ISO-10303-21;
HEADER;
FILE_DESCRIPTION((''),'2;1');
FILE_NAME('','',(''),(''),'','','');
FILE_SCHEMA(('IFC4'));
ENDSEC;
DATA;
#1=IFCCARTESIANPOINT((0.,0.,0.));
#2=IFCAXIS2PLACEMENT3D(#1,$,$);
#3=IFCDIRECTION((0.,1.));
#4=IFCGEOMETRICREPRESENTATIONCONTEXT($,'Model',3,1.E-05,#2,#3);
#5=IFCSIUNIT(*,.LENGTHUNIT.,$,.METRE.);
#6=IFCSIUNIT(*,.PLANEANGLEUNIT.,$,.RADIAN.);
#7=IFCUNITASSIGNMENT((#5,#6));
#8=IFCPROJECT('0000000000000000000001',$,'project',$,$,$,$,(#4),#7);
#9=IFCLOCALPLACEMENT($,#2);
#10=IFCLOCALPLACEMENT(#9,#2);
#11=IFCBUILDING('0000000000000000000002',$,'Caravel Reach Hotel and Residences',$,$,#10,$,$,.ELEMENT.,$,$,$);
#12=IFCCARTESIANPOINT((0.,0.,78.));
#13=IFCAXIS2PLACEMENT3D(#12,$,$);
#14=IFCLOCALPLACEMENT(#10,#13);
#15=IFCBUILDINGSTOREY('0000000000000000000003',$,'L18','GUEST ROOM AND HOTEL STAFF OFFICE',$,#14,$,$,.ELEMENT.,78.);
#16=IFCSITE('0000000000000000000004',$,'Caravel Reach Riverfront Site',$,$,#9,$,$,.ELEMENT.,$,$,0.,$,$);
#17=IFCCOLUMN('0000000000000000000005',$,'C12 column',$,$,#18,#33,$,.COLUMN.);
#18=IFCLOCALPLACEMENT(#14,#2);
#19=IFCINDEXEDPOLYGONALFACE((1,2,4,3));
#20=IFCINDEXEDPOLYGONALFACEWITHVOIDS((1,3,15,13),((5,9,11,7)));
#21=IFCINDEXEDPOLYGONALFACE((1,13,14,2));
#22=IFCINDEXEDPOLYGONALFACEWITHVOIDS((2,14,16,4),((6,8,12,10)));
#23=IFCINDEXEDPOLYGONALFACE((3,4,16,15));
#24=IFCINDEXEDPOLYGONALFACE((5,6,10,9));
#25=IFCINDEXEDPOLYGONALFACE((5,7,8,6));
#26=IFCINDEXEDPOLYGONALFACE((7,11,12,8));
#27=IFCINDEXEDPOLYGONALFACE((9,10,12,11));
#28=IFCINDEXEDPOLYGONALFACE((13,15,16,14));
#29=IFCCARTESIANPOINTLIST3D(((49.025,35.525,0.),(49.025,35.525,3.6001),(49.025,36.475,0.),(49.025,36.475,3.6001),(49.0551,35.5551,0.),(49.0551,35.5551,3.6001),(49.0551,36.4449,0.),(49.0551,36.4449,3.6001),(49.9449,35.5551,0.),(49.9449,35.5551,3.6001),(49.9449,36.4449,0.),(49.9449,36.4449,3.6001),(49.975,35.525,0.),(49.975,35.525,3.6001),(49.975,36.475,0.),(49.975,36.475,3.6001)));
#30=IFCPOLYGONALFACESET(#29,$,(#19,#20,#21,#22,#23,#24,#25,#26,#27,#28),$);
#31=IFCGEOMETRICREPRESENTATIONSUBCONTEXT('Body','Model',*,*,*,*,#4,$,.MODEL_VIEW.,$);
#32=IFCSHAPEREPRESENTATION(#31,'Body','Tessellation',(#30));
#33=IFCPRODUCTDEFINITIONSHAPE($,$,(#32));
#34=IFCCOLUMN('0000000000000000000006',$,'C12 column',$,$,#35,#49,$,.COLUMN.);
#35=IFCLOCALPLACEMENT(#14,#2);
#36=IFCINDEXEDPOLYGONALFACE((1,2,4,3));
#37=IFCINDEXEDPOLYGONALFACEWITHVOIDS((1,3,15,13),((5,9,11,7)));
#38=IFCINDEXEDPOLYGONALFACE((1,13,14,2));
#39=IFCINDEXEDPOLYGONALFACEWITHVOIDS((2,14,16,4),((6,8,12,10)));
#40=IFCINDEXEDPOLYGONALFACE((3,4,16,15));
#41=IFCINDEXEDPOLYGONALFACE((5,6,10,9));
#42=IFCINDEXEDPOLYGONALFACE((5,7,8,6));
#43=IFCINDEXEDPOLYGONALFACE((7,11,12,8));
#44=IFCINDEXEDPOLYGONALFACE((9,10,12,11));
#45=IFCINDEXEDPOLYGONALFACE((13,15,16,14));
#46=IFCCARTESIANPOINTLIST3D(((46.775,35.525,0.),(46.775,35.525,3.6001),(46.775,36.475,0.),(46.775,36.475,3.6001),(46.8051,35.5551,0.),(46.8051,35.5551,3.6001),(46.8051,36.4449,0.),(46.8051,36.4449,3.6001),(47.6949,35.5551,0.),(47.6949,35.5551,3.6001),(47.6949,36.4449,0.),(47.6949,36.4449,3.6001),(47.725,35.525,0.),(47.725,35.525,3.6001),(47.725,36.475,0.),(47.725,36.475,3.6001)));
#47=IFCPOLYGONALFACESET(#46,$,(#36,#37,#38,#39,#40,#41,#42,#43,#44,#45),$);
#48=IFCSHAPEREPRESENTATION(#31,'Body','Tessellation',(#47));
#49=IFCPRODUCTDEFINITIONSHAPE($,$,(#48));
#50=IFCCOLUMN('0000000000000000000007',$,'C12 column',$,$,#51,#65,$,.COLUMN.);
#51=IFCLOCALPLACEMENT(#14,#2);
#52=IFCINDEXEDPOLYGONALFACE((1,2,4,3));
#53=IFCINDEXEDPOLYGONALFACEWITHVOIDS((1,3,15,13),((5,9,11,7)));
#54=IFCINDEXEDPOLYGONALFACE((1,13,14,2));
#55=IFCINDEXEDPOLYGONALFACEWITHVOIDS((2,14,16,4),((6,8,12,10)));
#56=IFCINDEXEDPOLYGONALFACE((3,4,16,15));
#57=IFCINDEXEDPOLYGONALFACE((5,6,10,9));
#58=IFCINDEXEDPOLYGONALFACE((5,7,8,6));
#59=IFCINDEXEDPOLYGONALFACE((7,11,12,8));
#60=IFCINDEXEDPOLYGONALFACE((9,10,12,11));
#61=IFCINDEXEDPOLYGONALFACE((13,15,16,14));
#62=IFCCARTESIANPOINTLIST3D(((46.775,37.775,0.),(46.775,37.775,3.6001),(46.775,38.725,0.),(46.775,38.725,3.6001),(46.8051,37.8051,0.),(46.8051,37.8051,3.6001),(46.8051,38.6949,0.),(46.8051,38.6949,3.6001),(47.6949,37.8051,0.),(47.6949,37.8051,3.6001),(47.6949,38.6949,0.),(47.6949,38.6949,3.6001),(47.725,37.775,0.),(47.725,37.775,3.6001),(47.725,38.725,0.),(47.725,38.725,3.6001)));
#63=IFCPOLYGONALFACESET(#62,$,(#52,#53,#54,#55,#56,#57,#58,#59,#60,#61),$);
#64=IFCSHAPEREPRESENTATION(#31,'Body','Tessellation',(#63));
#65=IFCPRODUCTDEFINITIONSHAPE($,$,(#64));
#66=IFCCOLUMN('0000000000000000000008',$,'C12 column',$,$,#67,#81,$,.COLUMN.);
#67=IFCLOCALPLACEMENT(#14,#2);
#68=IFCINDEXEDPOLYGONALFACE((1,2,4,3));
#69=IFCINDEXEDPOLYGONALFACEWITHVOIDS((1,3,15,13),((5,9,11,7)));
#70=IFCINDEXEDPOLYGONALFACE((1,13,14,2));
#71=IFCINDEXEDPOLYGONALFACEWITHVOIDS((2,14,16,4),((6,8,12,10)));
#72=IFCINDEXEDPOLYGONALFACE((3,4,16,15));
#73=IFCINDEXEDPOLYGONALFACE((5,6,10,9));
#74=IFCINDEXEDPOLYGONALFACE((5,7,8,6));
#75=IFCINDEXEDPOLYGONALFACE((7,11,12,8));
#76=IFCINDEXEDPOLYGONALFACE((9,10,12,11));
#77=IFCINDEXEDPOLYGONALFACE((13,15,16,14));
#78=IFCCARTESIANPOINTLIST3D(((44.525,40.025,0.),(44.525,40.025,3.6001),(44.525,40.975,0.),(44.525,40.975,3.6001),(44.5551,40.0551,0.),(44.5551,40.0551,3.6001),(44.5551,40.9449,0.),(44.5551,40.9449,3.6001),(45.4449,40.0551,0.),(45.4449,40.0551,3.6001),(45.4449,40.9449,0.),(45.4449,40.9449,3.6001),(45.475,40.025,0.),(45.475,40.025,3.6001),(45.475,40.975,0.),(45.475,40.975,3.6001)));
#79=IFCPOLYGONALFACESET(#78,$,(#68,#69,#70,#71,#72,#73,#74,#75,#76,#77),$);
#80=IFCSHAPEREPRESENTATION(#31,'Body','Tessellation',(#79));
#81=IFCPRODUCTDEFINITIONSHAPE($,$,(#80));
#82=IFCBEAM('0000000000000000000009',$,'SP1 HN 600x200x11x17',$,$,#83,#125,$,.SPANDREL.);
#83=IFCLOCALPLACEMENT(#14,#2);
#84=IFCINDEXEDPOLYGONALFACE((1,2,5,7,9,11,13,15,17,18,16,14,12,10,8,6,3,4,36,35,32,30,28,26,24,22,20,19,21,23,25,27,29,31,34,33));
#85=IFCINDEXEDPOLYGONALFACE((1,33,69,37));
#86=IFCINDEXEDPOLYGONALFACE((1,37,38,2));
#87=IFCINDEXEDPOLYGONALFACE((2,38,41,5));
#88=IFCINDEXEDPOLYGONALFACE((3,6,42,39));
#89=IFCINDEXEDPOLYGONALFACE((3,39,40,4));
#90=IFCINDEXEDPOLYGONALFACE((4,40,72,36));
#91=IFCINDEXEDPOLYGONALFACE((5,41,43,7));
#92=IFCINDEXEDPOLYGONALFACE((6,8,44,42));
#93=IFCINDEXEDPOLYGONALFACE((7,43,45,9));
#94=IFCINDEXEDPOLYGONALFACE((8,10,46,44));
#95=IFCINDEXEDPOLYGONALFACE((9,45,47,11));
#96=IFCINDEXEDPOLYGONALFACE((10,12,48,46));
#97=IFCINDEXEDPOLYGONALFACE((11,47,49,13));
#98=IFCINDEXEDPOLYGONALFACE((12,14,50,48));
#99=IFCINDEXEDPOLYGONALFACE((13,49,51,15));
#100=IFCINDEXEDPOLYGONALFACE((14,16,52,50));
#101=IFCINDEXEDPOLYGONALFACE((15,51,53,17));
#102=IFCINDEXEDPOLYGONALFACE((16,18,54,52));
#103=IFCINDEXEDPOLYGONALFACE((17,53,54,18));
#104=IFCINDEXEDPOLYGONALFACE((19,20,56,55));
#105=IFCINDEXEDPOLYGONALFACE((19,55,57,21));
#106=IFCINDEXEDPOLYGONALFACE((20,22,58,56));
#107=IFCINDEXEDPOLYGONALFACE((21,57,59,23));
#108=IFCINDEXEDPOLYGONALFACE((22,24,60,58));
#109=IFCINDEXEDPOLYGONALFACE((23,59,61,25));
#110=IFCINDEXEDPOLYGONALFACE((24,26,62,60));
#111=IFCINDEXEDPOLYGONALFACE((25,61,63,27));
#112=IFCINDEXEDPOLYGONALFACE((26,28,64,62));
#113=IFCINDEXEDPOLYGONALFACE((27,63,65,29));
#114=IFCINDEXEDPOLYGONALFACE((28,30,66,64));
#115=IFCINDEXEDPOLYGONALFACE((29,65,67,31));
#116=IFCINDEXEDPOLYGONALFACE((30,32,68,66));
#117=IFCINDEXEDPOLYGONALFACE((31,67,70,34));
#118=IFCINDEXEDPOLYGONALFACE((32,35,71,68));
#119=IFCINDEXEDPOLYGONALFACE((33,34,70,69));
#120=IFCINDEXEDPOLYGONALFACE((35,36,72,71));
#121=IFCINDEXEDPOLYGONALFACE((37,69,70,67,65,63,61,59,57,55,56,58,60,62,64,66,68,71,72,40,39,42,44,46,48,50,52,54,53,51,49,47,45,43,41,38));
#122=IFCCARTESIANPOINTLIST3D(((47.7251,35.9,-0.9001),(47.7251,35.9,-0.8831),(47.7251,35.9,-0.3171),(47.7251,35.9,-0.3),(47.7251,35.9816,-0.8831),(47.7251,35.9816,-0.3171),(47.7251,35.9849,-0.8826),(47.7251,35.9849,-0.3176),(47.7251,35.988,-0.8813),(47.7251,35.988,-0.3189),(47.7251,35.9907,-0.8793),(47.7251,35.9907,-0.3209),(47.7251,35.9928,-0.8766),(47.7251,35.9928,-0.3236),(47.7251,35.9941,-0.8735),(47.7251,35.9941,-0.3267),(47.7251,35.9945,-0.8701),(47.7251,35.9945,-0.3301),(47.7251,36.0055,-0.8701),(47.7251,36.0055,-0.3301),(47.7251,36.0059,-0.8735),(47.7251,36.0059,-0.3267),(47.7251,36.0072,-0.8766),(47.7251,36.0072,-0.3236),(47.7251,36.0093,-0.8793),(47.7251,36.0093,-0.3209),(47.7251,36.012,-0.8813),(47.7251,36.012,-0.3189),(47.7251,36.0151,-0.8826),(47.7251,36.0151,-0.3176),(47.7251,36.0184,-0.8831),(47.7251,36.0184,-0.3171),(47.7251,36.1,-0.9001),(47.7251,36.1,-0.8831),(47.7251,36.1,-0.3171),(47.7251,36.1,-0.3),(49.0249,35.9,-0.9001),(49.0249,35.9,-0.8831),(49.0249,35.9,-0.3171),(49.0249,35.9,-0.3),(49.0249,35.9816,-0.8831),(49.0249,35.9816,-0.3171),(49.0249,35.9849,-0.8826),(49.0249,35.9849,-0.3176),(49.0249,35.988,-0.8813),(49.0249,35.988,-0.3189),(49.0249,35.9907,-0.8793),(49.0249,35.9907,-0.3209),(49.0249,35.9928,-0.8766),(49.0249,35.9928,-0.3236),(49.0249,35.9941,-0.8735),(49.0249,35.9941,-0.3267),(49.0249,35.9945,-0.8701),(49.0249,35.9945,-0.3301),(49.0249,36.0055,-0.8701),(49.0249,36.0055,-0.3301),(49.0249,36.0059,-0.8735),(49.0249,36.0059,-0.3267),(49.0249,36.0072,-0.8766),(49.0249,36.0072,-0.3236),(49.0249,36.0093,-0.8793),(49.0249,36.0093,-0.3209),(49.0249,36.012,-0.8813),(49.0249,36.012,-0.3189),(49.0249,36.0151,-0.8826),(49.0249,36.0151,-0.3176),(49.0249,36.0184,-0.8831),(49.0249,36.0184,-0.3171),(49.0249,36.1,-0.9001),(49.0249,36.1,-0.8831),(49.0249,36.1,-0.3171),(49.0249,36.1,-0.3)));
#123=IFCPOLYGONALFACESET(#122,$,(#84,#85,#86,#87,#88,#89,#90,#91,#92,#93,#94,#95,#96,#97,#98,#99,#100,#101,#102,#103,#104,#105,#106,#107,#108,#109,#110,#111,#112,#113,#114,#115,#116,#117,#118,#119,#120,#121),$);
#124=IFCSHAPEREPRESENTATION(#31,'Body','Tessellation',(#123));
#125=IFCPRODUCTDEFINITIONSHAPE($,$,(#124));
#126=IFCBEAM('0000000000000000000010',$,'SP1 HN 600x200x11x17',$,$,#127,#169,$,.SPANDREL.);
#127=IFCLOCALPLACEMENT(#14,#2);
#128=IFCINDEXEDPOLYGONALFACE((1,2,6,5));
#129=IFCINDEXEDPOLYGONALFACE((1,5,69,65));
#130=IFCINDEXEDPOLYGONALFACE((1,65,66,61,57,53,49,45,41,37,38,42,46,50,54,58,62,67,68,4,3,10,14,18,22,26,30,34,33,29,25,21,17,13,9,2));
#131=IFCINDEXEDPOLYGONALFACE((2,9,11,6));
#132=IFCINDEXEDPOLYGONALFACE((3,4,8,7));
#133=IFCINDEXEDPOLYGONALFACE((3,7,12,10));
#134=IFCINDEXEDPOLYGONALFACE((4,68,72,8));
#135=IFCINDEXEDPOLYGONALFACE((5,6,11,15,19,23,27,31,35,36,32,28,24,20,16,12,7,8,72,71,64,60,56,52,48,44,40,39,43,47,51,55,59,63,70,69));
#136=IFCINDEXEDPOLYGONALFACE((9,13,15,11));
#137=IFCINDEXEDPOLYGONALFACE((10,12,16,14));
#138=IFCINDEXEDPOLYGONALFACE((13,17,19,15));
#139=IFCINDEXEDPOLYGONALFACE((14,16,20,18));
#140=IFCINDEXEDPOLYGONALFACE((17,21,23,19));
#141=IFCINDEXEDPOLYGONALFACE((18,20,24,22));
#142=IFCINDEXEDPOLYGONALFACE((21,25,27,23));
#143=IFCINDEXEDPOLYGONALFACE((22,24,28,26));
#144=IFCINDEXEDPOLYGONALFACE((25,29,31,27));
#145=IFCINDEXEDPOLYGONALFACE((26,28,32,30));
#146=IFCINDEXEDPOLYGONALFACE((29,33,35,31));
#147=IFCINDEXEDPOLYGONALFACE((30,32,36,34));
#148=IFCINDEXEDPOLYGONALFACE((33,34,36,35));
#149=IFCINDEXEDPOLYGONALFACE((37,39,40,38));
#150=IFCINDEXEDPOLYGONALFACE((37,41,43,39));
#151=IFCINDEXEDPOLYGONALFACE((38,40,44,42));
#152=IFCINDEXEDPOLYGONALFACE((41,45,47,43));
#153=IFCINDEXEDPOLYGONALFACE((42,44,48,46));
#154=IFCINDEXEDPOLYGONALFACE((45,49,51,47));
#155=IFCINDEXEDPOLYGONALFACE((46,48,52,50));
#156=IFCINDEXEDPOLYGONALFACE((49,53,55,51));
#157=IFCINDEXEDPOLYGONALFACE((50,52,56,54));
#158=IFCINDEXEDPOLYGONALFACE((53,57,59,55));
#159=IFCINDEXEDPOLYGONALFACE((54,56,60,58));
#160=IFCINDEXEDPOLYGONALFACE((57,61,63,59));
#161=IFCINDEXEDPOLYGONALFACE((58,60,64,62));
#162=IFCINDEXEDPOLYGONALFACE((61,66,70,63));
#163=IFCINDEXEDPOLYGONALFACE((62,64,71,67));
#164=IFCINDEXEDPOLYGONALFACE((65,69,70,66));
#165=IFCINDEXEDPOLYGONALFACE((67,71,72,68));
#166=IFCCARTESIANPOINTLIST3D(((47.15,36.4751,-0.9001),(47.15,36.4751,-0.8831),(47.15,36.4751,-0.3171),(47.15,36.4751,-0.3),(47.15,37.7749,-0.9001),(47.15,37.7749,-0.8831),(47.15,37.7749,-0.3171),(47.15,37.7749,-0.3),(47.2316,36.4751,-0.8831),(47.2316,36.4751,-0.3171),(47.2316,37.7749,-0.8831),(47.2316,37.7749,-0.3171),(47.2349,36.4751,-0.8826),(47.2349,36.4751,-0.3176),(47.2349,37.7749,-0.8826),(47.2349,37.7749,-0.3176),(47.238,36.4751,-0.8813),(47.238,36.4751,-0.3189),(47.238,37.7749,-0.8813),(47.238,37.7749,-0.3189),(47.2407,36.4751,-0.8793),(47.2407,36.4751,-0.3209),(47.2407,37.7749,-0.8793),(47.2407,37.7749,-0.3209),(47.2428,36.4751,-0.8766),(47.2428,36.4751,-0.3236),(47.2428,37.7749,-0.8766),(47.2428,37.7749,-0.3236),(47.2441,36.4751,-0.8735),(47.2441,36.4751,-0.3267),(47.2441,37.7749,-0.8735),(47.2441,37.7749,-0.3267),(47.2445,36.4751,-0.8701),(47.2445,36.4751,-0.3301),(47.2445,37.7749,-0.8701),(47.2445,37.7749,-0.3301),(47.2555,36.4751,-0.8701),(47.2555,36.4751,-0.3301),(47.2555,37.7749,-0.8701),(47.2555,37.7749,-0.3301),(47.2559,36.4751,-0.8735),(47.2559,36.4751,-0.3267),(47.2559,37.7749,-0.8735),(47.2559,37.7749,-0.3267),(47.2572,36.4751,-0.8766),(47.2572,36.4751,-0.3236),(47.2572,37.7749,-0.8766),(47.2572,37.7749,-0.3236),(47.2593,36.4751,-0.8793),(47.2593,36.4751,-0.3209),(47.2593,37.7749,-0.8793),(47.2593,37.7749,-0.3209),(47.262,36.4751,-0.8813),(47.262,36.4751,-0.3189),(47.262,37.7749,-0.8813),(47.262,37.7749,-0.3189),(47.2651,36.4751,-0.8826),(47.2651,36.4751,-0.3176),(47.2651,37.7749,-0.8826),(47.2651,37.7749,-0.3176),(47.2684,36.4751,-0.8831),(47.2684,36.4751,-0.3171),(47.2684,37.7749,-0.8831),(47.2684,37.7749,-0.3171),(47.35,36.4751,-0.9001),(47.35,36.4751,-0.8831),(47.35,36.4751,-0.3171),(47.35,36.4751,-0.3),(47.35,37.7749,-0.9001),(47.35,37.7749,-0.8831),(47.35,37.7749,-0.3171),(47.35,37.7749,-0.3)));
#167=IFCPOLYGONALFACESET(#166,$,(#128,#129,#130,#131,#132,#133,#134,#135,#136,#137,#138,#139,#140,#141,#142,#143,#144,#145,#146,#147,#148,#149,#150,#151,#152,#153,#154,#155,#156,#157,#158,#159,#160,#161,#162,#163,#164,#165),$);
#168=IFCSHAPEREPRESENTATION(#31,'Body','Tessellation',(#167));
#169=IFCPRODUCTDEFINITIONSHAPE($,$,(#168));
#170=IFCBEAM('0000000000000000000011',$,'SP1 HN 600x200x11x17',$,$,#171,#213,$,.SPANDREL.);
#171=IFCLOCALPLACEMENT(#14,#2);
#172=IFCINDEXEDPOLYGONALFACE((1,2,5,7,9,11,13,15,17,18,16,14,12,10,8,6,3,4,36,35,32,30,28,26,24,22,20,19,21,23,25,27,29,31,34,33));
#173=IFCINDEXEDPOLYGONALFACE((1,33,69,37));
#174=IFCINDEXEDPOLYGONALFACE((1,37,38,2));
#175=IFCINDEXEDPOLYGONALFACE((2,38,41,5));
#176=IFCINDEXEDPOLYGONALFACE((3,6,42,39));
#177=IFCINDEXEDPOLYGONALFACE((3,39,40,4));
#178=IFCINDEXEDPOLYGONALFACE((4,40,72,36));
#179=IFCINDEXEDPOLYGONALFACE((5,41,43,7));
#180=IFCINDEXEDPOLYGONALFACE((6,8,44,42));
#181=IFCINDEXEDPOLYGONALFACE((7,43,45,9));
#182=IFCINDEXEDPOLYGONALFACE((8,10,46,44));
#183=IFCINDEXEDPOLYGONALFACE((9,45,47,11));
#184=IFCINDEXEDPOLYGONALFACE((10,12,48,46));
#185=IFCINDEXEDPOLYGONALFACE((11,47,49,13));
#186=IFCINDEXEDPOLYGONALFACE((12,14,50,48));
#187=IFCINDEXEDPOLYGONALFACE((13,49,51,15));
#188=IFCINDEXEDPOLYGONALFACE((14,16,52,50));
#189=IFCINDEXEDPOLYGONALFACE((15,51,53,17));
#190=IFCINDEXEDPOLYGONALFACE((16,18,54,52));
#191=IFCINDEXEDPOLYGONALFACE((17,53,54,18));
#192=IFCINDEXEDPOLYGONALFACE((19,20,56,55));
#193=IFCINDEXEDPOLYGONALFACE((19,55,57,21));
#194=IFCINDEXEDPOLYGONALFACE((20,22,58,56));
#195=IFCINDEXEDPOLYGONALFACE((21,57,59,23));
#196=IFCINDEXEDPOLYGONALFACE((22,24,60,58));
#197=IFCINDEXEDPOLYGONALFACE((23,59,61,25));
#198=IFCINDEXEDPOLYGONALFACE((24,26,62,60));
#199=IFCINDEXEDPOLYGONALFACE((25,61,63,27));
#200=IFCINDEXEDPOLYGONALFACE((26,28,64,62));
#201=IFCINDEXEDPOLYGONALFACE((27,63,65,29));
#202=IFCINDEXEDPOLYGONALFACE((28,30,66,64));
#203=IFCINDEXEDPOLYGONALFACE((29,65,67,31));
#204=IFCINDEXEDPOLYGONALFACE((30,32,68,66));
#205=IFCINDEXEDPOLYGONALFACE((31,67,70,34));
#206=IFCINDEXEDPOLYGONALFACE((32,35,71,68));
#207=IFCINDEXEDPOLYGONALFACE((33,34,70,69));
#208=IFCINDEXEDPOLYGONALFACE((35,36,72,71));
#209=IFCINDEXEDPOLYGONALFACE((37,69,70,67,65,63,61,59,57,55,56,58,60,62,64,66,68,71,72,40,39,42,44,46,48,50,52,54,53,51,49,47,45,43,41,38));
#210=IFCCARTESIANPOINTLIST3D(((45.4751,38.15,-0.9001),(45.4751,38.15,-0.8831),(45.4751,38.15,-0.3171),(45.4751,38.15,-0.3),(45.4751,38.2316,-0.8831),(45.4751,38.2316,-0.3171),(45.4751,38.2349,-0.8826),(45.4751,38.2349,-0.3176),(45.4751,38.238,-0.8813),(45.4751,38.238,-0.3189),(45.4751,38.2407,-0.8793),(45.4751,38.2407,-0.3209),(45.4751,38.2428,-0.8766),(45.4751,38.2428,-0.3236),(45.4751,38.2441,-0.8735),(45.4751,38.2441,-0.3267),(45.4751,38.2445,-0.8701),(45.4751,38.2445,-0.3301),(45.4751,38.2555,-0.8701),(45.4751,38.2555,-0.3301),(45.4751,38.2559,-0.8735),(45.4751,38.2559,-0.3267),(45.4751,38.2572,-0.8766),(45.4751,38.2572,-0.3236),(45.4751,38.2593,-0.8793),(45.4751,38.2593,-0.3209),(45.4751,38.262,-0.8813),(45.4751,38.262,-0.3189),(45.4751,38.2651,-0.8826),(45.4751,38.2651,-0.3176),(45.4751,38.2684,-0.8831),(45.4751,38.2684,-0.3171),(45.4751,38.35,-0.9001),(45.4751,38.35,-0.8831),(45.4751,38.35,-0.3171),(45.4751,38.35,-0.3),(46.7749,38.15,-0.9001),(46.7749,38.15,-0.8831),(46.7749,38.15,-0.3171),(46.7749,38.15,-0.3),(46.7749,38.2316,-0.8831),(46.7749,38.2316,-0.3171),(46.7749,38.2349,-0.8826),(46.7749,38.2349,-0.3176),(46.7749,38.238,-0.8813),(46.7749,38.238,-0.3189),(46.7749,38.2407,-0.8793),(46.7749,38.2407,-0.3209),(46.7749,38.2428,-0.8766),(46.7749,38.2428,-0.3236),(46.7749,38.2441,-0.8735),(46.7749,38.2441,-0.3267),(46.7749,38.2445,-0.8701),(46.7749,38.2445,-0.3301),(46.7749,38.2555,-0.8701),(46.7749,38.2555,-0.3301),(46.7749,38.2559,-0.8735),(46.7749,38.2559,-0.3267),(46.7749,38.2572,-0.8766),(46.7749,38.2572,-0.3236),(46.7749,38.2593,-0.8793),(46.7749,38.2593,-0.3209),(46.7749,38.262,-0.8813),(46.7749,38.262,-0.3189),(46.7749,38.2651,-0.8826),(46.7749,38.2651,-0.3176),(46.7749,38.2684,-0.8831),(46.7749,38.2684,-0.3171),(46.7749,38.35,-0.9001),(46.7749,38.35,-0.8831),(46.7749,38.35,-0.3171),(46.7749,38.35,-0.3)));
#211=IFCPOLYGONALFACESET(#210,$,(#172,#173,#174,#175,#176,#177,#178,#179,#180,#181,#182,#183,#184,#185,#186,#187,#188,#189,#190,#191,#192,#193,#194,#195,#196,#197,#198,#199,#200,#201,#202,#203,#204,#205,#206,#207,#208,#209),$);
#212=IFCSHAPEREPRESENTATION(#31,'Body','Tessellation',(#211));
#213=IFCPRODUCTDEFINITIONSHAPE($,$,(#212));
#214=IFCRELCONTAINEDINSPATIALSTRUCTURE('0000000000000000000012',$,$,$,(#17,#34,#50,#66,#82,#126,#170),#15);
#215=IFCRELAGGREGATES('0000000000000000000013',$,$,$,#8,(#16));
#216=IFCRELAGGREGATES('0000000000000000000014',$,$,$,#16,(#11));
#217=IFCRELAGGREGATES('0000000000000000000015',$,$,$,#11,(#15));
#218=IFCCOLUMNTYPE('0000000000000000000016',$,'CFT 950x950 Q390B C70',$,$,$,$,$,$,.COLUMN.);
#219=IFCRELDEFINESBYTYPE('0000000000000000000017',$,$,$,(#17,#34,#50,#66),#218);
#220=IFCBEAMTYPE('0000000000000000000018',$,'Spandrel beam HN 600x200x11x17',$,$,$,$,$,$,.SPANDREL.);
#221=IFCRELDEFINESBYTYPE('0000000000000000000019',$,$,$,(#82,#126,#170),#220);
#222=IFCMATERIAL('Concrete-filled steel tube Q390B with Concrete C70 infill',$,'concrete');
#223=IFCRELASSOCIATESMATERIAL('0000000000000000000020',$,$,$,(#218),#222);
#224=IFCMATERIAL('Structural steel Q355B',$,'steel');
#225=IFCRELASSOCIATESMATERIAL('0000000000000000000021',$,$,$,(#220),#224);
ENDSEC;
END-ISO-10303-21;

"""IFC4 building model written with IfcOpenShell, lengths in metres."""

from ifc_helpers import new_model, si_unit, direction, frame, origin, origin_2d, place, context, subcontext, project, spatial, hollow_rectangle, i_section, extrude, material, material_profile, profile_set, type_object, element, save


model = new_model("IFC4")

# Units and contexts
model_context = context("Model", 3, precision=1e-05, world=origin(), true_north=direction((0.0, 1.0)))
body_context = subcontext(model_context, "Body", "Model", "MODEL_VIEW")
ifc_project = project(units=[si_unit("LENGTHUNIT", "METRE"), si_unit("PLANEANGLEUNIT", "RADIAN")], contexts=[model_context])

# Site, building, storey
site_placement = place(None, origin())
site = spatial("IfcSite", under=ifc_project, at=site_placement, Name="Caravel Reach Riverfront Site", CompositionType="ELEMENT", RefElevation=0.0)
building_placement = place(site_placement, origin())
building = spatial("IfcBuilding", under=site, at=building_placement, Name="Caravel Reach Hotel and Residences", CompositionType="ELEMENT")
storey_placement = place(building_placement, frame((0.0, 0.0, 78.0)))
storey = spatial("IfcBuildingStorey", under=building, at=storey_placement, Name="L18", Description="GUEST ROOM AND HOTEL STAFF OFFICE", CompositionType="ELEMENT", Elevation=78.0)

# Columns
ifc_material_1 = material(Name="Concrete-filled steel tube Q390B with Concrete C70 infill", Category="concrete")
ifc_material_profile_1 = material_profile(ifc_material_1, hollow_rectangle(XDim=0.95, YDim=0.95, WallThickness=0.03, at=origin_2d()), Name="RHS 950x950x30")
ifc_profile_set_1 = profile_set([ifc_material_profile_1], Name="Concrete-filled steel tube Q390B with Concrete C70 infill")
column_type = type_object("IfcColumnType", Name="CFT 950x950 Q390B C70", PredefinedType="COLUMN", material=ifc_profile_set_1)
for number, where, z_axis, x_axis, name in (
    (1, (49.5, 36.0, 0.0), (0.0, 0.0, 1.0), (1.0, 0.0, 0.0), "C12 column"),
    (2, (47.25, 36.0, 0.0), (0.0, 0.0, 1.0), (1.0, 0.0, 0.0), "C12 column"),
    (3, (47.25, 38.25, 0.0), (0.0, 0.0, 1.0), (1.0, 0.0, 0.0), "C12 column"),
    (4, (45.0, 40.5, 0.0), (0.0, 0.0, 1.0), (1.0, 0.0, 0.0), "C12 column"),
):
    element("IfcColumn", number, at=place(storey_placement, frame(where, z_axis=z_axis, x_axis=x_axis)), inside=storey, type_object=column_type, Name=name, PredefinedType="COLUMN", context=body_context, shape_type="SweptSolid", body=[
        extrude(hollow_rectangle(XDim=0.95, YDim=0.95, WallThickness=0.03, at=origin_2d()), origin(), (0.0, 0.0, 1.0), 3.6001),
    ])

# Beams
ifc_material_2 = material(Name="Structural steel Q355B", Category="steel")
ifc_material_profile_2 = material_profile(ifc_material_2, i_section(OverallWidth=0.2, OverallDepth=0.6001, WebThickness=0.011, FlangeThickness=0.0171, FilletRadius=0.0129, at=origin_2d()), Name="HN 600x200x11x17")
ifc_profile_set_2 = profile_set([ifc_material_profile_2], Name="Structural steel Q355B")
beam_type = type_object("IfcBeamType", Name="Spandrel beam HN 600x200x11x17", PredefinedType="SPANDREL", material=ifc_profile_set_2)
for number, where, z_axis, x_axis, name in (
    (5, (49.0249, 36.0, -0.6001), (-1.0, 0.0, 0.0), (0.0, -1.0, 0.0), "SP1 HN 600x200x11x17"),
    (6, (47.25, 36.4751, -0.6001), (0.0, 1.0, 0.0), (-1.0, 0.0, 0.0), "SP1 HN 600x200x11x17"),
    (7, (46.7749, 38.25, -0.6001), (-1.0, 0.0, 0.0), (0.0, -1.0, 0.0), "SP1 HN 600x200x11x17"),
):
    element("IfcBeam", number, at=place(storey_placement, frame(where, z_axis=z_axis, x_axis=x_axis)), inside=storey, type_object=beam_type, Name=name, PredefinedType="SPANDREL", context=body_context, shape_type="SweptSolid", body=[
        extrude(i_section(OverallWidth=0.2, OverallDepth=0.6001, WebThickness=0.011, FlangeThickness=0.0171, FilletRadius=0.0129, at=origin_2d()), origin(), (0.0, 0.0, 1.0), 1.2998),
    ])

save(model, "model.ifc")
